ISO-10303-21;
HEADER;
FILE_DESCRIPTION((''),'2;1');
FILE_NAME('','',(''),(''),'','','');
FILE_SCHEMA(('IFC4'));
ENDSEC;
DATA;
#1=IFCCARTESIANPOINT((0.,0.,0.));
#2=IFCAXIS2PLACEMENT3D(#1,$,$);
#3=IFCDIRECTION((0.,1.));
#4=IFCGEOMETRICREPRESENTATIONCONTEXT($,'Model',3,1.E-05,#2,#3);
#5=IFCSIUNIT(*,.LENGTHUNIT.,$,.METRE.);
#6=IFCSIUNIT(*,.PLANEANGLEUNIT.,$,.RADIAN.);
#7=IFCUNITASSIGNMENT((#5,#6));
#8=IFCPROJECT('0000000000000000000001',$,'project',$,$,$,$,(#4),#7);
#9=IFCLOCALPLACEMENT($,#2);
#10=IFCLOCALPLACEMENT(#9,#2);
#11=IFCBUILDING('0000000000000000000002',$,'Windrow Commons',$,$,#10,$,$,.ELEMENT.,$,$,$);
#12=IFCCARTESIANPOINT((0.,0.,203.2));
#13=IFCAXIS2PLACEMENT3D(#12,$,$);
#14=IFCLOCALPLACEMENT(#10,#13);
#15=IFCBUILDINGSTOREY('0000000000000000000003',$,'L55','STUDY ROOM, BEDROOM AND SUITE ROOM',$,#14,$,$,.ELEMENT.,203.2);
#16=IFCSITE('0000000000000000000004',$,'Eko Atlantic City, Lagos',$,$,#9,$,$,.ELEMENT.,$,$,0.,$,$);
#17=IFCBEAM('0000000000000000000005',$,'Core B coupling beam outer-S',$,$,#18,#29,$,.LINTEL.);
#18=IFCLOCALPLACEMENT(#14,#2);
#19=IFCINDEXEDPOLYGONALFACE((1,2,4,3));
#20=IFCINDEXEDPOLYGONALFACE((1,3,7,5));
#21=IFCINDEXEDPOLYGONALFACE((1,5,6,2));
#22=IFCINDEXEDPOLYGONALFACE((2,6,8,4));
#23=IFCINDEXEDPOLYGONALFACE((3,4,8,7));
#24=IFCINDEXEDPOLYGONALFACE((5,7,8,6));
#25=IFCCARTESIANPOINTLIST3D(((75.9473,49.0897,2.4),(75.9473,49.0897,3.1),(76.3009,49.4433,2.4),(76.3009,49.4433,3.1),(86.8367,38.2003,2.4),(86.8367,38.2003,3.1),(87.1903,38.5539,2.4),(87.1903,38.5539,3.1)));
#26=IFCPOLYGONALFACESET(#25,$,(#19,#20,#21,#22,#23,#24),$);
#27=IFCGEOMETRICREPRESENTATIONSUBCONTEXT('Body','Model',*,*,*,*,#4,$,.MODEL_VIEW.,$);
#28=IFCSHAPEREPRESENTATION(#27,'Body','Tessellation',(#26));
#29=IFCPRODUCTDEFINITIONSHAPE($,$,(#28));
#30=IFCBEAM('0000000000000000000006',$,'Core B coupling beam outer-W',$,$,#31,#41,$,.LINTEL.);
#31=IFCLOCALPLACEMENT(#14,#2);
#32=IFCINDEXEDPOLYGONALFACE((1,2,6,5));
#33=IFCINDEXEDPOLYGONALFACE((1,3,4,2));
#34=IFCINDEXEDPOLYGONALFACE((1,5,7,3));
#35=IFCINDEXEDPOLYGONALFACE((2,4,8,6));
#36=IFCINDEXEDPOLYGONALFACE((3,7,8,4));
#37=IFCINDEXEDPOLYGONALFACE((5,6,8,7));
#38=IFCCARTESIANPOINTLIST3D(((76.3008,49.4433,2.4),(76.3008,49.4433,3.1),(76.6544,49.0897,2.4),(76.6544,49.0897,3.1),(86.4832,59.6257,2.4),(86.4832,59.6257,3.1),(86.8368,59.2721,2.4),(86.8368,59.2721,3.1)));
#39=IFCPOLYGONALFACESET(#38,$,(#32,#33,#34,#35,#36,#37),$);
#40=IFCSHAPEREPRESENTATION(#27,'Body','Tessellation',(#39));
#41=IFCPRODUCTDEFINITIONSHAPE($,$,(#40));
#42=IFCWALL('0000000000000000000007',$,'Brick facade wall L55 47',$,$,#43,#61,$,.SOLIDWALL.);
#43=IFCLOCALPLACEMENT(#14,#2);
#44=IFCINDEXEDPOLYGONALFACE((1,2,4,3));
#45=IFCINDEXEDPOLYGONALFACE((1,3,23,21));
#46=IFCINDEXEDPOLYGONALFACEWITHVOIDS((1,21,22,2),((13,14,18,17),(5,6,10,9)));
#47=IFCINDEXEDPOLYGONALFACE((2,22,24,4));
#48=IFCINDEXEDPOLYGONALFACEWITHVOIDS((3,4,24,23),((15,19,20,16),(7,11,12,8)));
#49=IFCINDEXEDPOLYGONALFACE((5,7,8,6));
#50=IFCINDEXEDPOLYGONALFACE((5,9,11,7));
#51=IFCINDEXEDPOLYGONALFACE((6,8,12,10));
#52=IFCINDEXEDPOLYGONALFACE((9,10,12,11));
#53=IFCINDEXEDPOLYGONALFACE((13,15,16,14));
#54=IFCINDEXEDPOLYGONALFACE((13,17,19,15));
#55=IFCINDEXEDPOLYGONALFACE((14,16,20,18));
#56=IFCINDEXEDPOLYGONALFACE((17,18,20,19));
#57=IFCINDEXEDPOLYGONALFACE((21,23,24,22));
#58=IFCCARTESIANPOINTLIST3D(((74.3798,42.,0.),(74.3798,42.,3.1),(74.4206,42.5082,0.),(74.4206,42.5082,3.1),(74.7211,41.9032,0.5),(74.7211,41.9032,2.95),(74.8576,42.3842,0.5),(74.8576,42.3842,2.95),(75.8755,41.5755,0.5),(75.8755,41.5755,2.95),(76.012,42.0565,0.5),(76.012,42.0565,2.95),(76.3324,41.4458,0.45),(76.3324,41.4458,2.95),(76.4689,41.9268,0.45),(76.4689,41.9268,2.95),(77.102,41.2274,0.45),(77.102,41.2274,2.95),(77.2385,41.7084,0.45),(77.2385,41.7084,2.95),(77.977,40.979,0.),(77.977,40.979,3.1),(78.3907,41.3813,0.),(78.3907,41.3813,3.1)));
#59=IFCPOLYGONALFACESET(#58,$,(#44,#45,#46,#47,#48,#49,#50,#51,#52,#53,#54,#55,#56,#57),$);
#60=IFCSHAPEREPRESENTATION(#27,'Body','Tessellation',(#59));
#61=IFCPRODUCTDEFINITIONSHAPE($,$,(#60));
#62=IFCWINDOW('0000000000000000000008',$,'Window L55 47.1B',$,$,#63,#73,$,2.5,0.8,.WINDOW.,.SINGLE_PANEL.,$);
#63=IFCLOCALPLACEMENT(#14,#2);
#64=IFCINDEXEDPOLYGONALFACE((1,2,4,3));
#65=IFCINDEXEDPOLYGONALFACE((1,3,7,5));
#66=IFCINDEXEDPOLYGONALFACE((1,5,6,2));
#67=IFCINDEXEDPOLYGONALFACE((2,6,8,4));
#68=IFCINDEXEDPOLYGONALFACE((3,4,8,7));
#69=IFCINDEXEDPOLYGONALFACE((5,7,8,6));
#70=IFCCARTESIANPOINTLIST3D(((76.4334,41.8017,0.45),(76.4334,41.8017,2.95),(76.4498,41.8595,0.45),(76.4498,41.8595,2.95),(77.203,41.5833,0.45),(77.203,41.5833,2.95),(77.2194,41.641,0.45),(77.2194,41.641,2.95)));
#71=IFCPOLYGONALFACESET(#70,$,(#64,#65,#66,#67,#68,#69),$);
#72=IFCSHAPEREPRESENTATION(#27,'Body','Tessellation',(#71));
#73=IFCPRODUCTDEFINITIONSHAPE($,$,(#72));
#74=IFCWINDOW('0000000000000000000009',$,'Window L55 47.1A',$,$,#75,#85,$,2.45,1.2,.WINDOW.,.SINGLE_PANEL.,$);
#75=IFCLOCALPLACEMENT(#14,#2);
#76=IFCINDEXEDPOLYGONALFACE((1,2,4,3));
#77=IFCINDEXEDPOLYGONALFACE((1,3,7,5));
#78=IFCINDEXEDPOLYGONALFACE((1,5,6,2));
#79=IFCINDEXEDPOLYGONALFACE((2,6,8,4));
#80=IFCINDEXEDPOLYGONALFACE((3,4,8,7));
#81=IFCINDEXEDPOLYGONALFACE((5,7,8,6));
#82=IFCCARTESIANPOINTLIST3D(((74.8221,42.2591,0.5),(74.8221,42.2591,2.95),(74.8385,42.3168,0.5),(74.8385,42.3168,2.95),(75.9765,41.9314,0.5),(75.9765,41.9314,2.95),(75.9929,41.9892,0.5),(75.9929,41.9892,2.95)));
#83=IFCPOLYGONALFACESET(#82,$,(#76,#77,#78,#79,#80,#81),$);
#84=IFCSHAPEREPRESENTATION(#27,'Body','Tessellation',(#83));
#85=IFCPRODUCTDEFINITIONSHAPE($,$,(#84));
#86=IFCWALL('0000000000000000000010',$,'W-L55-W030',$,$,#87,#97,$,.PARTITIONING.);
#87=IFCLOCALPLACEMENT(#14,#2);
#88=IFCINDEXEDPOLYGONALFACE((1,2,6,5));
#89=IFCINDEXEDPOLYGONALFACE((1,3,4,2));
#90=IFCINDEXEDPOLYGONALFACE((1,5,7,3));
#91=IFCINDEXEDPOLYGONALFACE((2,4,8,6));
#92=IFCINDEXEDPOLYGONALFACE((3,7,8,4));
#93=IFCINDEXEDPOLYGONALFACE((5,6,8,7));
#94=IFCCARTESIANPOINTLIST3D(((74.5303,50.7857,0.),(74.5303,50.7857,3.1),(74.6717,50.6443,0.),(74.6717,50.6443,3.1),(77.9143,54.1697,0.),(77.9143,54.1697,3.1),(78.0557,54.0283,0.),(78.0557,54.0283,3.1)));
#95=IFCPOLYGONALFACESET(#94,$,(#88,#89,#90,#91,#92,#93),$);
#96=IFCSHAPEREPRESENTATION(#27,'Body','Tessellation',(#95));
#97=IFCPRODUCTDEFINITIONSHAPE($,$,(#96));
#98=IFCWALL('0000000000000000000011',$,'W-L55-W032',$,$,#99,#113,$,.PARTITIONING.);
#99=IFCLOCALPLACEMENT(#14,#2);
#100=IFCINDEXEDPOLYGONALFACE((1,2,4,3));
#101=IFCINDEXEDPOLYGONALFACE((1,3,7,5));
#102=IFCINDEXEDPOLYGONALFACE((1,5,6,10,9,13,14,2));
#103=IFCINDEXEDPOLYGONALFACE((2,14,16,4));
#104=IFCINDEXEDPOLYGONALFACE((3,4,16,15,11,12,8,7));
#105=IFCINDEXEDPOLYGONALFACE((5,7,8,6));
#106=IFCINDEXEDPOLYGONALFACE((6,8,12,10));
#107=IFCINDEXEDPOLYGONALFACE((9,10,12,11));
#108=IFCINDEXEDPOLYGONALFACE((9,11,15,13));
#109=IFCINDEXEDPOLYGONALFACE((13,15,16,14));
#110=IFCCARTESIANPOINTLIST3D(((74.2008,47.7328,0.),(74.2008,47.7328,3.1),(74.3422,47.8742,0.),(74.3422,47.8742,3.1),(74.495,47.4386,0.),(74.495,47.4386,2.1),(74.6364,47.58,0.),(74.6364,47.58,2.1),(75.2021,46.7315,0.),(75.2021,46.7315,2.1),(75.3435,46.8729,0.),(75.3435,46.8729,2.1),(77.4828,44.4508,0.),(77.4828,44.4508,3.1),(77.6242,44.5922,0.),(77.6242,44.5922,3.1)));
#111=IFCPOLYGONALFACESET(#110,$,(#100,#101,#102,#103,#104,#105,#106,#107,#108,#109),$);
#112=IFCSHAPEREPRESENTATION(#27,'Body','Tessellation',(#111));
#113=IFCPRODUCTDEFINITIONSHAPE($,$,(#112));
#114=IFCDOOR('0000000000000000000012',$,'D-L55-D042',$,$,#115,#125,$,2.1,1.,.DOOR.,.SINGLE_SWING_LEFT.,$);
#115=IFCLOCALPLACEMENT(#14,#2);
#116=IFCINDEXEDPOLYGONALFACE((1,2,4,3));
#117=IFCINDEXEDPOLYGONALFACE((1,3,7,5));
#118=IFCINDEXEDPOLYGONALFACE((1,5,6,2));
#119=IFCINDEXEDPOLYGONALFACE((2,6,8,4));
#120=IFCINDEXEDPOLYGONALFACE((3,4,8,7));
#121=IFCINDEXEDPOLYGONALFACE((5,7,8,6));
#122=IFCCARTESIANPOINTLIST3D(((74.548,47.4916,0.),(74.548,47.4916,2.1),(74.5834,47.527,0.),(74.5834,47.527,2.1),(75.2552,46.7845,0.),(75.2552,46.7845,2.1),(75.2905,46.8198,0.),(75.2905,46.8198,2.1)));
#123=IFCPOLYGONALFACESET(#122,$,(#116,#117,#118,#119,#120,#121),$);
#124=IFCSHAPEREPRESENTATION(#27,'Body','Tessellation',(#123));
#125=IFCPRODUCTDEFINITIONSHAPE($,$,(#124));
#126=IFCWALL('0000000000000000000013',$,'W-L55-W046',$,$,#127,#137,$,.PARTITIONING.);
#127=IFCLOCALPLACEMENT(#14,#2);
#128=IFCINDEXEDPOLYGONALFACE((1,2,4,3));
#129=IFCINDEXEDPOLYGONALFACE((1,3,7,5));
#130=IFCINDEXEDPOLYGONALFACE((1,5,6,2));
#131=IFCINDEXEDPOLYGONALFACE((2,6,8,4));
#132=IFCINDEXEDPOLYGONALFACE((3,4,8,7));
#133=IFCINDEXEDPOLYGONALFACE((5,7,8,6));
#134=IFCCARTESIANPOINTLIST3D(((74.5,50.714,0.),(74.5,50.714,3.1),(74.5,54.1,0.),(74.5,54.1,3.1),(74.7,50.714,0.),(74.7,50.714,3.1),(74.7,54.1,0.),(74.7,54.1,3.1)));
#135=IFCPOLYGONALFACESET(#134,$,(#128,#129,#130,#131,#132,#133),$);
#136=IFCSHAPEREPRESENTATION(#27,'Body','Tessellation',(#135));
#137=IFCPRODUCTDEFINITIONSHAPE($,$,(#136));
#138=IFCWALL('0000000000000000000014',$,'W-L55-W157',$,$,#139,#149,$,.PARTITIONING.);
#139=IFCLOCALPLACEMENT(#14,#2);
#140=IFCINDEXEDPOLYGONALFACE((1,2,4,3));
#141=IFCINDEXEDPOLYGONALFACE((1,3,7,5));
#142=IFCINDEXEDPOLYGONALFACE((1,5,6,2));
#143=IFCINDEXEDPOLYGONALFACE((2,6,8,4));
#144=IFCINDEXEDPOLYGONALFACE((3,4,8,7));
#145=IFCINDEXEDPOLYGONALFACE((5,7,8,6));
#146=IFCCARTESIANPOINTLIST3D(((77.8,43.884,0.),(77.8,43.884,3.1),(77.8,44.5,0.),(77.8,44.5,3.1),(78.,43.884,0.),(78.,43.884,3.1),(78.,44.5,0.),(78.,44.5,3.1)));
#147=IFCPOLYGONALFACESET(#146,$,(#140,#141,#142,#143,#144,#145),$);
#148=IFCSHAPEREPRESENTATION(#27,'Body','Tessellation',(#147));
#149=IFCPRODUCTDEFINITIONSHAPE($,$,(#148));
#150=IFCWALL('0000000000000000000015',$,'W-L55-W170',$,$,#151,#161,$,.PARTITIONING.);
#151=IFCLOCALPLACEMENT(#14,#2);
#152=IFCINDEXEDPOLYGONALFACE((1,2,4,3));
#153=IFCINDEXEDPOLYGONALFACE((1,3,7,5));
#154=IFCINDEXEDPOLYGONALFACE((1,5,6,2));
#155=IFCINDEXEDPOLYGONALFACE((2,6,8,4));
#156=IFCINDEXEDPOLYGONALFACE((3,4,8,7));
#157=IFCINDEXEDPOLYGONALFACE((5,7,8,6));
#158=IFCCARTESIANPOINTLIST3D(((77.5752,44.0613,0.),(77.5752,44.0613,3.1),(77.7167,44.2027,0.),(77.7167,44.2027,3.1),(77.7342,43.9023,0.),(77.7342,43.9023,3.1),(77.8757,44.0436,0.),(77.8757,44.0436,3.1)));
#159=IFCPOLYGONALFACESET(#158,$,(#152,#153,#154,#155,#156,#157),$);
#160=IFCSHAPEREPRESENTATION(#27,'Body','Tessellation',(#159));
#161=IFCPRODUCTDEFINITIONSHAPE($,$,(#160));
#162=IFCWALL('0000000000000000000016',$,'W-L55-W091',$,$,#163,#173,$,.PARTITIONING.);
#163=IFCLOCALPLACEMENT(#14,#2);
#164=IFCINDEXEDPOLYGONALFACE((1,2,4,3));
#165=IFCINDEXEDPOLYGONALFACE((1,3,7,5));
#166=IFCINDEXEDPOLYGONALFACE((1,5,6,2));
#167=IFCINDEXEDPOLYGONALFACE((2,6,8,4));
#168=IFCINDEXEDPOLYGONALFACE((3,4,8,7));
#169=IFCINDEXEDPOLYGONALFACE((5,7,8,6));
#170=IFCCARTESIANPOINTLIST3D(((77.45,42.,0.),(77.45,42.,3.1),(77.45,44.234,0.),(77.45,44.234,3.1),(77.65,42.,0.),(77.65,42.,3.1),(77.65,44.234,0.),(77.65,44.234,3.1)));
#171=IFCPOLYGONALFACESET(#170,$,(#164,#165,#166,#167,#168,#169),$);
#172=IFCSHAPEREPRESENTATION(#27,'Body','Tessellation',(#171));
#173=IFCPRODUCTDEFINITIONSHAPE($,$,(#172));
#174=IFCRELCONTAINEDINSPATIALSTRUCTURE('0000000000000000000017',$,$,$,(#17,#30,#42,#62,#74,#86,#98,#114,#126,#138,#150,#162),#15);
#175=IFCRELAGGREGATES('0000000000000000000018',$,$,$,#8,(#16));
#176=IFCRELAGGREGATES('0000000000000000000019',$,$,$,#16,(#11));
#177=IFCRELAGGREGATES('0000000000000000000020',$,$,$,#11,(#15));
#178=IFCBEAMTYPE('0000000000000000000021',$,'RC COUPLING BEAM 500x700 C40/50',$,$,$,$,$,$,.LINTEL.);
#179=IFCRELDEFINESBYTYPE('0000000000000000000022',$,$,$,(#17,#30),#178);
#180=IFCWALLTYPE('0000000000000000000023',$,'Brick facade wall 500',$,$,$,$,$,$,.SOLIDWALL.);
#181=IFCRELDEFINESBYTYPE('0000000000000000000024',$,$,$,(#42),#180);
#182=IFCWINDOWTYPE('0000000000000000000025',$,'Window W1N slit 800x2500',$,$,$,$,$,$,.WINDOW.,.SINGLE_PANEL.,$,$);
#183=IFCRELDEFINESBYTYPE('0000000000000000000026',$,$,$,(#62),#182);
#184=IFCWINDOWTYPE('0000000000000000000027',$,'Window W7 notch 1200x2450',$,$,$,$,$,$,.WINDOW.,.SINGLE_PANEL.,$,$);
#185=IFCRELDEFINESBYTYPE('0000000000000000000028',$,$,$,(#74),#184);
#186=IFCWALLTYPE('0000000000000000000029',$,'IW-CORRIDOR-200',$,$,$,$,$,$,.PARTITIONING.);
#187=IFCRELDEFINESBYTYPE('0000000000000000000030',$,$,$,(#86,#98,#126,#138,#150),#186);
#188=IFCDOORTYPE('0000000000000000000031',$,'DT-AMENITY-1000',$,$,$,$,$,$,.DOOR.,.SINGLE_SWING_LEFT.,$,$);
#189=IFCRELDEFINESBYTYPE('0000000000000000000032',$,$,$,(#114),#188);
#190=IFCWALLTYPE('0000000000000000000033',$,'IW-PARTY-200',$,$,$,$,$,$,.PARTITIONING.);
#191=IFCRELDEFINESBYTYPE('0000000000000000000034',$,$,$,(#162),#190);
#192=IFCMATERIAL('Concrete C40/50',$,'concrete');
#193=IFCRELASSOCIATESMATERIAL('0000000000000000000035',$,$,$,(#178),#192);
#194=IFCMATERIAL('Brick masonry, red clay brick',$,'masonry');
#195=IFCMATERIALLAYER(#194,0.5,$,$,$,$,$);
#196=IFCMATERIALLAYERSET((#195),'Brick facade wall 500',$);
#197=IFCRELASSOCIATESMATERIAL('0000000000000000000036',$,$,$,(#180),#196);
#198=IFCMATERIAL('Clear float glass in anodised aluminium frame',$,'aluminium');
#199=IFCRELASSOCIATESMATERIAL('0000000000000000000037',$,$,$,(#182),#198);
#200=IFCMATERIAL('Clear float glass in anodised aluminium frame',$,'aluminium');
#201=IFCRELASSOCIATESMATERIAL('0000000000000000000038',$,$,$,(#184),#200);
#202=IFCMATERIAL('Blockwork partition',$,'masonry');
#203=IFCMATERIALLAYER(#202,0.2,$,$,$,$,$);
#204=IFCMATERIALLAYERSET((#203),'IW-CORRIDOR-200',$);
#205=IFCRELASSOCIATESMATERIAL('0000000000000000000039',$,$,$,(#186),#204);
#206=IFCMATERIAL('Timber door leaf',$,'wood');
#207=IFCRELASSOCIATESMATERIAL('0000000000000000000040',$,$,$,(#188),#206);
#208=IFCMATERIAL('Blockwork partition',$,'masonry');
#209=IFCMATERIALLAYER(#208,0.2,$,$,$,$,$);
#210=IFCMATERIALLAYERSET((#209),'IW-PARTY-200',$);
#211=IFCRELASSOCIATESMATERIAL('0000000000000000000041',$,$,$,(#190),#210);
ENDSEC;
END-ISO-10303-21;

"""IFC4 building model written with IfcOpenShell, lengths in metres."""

from ifc_helpers import new_model, si_unit, direction, frame, frame_2d, origin, origin_2d, place, context, subcontext, project, spatial, polyline, rectangle, outline, extrude, material, layer, layer_set, material_profile, profile_set, type_object, element, fill, save


model = new_model("IFC4")

# Units and contexts
model_context = context("Model", 3, precision=1e-05, world=origin(), true_north=direction((0.0, 1.0)))
body_context = subcontext(model_context, "Body", "Model", "MODEL_VIEW")
ifc_project = project(units=[si_unit("LENGTHUNIT", "METRE"), si_unit("PLANEANGLEUNIT", "RADIAN")], contexts=[model_context])

# Site, building, storey
site_placement = place(None, origin())
site = spatial("IfcSite", under=ifc_project, at=site_placement, Name="Eko Atlantic City, Lagos", CompositionType="ELEMENT", RefElevation=0.0)
building_placement = place(site_placement, origin())
building = spatial("IfcBuilding", under=site, at=building_placement, Name="Windrow Commons", CompositionType="ELEMENT")
storey_placement = place(building_placement, frame((0.0, 0.0, 203.2)))
storey = spatial("IfcBuildingStorey", under=building, at=storey_placement, Name="L55", Description="STUDY ROOM, BEDROOM AND SUITE ROOM", CompositionType="ELEMENT", Elevation=203.2)

# Beams
ifc_material_1 = material(Name="Concrete C40/50", Category="concrete")
ifc_material_profile = material_profile(ifc_material_1, rectangle(XDim=0.5, YDim=0.7, at=origin_2d()))
ifc_profile_set = profile_set([ifc_material_profile], Name="Concrete C40/50")
beam_type = type_object("IfcBeamType", Name="RC COUPLING BEAM 500x700 C40/50", PredefinedType="LINTEL", material=ifc_profile_set)
beam_1_placement = place(storey_placement, frame((76.1241, 49.2665, 2.75), z_axis=(0.707107, -0.707107, 0.0), x_axis=(0.707107, 0.707107, 0.0)))
element("IfcBeam", 1, at=beam_1_placement, inside=storey, type_object=beam_type, Name="Core B coupling beam outer-S", PredefinedType="LINTEL", context=body_context, shape_type="SweptSolid", body=[
    extrude(rectangle(XDim=0.5, YDim=0.7, at=origin_2d()), origin(), (0.0, 0.0, 1.0), 15.3999),
])
beam_2_placement = place(storey_placement, frame((76.4776, 49.2665, 2.75), z_axis=(0.707107, 0.707107, 0.0), x_axis=(-0.707107, 0.707107, 0.0)))
element("IfcBeam", 2, at=beam_2_placement, inside=storey, type_object=beam_type, Name="Core B coupling beam outer-W", PredefinedType="LINTEL", context=body_context, shape_type="SweptSolid", body=[
    extrude(rectangle(XDim=0.5, YDim=0.7, at=origin_2d()), origin(), (0.0, 0.0, 1.0), 14.4001),
])

# Wall, openings, windows
ifc_material_2 = material(Name="Brick masonry, red clay brick", Category="masonry")
ifc_layer_1 = layer(ifc_material_2, 0.5)
ifc_layer_set_1 = layer_set([ifc_layer_1], Name="Brick facade wall 500")
wall_type_1 = type_object("IfcWallType", Name="Brick facade wall 500", PredefinedType="SOLIDWALL", material=ifc_layer_set_1)
wall_1_placement = place(storey_placement, frame((74.4002, 42.2541, 0.0), z_axis=(0.0, 0.0, 1.0), x_axis=(0.962001, -0.273045, 0.0)))
wall_1 = element("IfcWall", 3, at=wall_1_placement, inside=storey, type_object=wall_type_1, Name="Brick facade wall L55 47", PredefinedType="SOLIDWALL", context=body_context, shape_type="SweptSolid", body=[
    extrude(outline(polyline([(0.0498, -0.25), (3.789, -0.25), (4.0772, 0.25), (-0.0498, 0.25), (0.0498, -0.25)])), origin(), (0.0, 0.0, 1.0), 3.1),
])
opening_1_placement = place(wall_1_placement, frame((0.4045, 0.0, 0.5)))
opening_1 = element("IfcOpeningElement", 4, at=opening_1_placement, cuts=wall_1, PredefinedType="OPENING", context=body_context, shape_type="SweptSolid", body=[
    extrude(rectangle(XDim=1.2, YDim=2.45, at=frame_2d((0.6, 1.225))), frame((0.0, 0.26, 0.0), z_axis=(0.0, -1.0, 0.0), x_axis=(1.0, 0.0, 0.0)), (0.0, 0.0, 1.0), 0.52),
])
opening_2_placement = place(wall_1_placement, frame((2.0795, 0.0, 0.45)))
opening_2 = element("IfcOpeningElement", 5, at=opening_2_placement, cuts=wall_1, PredefinedType="OPENING", context=body_context, shape_type="SweptSolid", body=[
    extrude(rectangle(XDim=0.8, YDim=2.5, at=frame_2d((0.4, 1.25))), frame((0.0, 0.26, 0.0), z_axis=(0.0, -1.0, 0.0), x_axis=(1.0, 0.0, 0.0)), (0.0, 0.0, 1.0), 0.52),
])
ifc_material_3 = material(Name="Clear float glass in anodised aluminium frame", Category="aluminium")
window_type_1 = type_object("IfcWindowType", Name="Window W1N slit 800x2500", PartitioningType="SINGLE_PANEL", PredefinedType="WINDOW", material=ifc_material_3)
window_1_placement = place(opening_2_placement, origin())
window_1 = element("IfcWindow", 6, at=window_1_placement, inside=storey, type_object=window_type_1, Name="Window L55 47.1B", OverallHeight=2.5, OverallWidth=0.8, PartitioningType="SINGLE_PANEL", PredefinedType="WINDOW", context=body_context, shape_type="SweptSolid", body=[
    extrude(rectangle(XDim=0.8, YDim=2.5, at=frame_2d((0.4, 1.25))), frame((0.0, 0.18, 0.0), z_axis=(0.0, -1.0, 0.0), x_axis=(1.0, 0.0, 0.0)), (0.0, 0.0, 1.0), 0.06),
])
fill(opening_2, window_1)
ifc_material_4 = material(Name="Clear float glass in anodised aluminium frame", Category="aluminium")
window_type_2 = type_object("IfcWindowType", Name="Window W7 notch 1200x2450", PartitioningType="SINGLE_PANEL", PredefinedType="WINDOW", material=ifc_material_4)
window_2_placement = place(opening_1_placement, origin())
window_2 = element("IfcWindow", 7, at=window_2_placement, inside=storey, type_object=window_type_2, Name="Window L55 47.1A", OverallHeight=2.45, OverallWidth=1.2, PartitioningType="SINGLE_PANEL", PredefinedType="WINDOW", context=body_context, shape_type="SweptSolid", body=[
    extrude(rectangle(XDim=1.2, YDim=2.45, at=frame_2d((0.6, 1.225))), frame((0.0, 0.18, 0.0), z_axis=(0.0, -1.0, 0.0), x_axis=(1.0, 0.0, 0.0)), (0.0, 0.0, 1.0), 0.06),
])
fill(opening_1, window_2)

# Wall
ifc_material_5 = material(Name="Blockwork partition", Category="masonry")
ifc_layer_2 = layer(ifc_material_5, 0.2)
ifc_layer_set_2 = layer_set([ifc_layer_2], Name="IW-CORRIDOR-200")
wall_type_2 = type_object("IfcWallType", Name="IW-CORRIDOR-200", PredefinedType="PARTITIONING", material=ifc_layer_set_2)
wall_2_placement = place(storey_placement, frame((74.601, 50.715, 0.0), z_axis=(0.0, 0.0, 1.0), x_axis=(0.707107, 0.707107, 0.0)))
element("IfcWall", 8, at=wall_2_placement, inside=storey, type_object=wall_type_2, Name="W-L55-W030", PredefinedType="PARTITIONING", context=body_context, shape_type="SweptSolid", body=[
    extrude(rectangle(XDim=4.7857, YDim=0.2, at=frame_2d((2.3929, 0.0))), origin(), (0.0, 0.0, 1.0), 3.1),
])

# Wall, opening, door
wall_3_placement = place(storey_placement, frame((74.2715, 47.8035, 0.0), z_axis=(0.0, 0.0, 1.0), x_axis=(0.707107, -0.707107, 0.0)))
wall_3 = element("IfcWall", 9, at=wall_3_placement, inside=storey, type_object=wall_type_2, Name="W-L55-W032", PredefinedType="PARTITIONING", context=body_context, shape_type="SweptSolid", body=[
    extrude(rectangle(XDim=4.6414, YDim=0.2, at=frame_2d((2.3207, 0.0))), origin(), (0.0, 0.0, 1.0), 3.1),
])
opening_3_placement = place(wall_3_placement, frame((0.4161, 0.0, 0.0)))
opening_3 = element("IfcOpeningElement", 10, at=opening_3_placement, cuts=wall_3, PredefinedType="OPENING", context=body_context, shape_type="SweptSolid", body=[
    extrude(rectangle(XDim=1.0, YDim=2.1, at=frame_2d((0.5, 1.05))), frame((0.0, 0.11, 0.0), z_axis=(0.0, -1.0, 0.0), x_axis=(1.0, 0.0, 0.0)), (0.0, 0.0, 1.0), 0.22),
])
ifc_material_6 = material(Name="Timber door leaf", Category="wood")
door_type_1 = type_object("IfcDoorType", Name="DT-AMENITY-1000", OperationType="SINGLE_SWING_LEFT", PredefinedType="DOOR", material=ifc_material_6)
door_1_placement = place(opening_3_placement, origin())
door_1 = element("IfcDoor", 11, at=door_1_placement, inside=storey, type_object=door_type_1, Name="D-L55-D042", OperationType="SINGLE_SWING_LEFT", OverallHeight=2.1, OverallWidth=1.0, PredefinedType="DOOR", context=body_context, shape_type="SweptSolid", body=[
    extrude(rectangle(XDim=1.0, YDim=2.1, at=frame_2d((0.5, 1.05))), frame((0.0, 0.025, 0.0), z_axis=(0.0, -1.0, 0.0), x_axis=(1.0, 0.0, 0.0)), (0.0, 0.0, 1.0), 0.05),
])
fill(opening_3, door_1)

# Walls
wall_4_placement = place(storey_placement, frame((74.6, 50.714, 0.0), z_axis=(0.0, 0.0, 1.0), x_axis=(0.0, 1.0, 0.0)))
element("IfcWall", 12, at=wall_4_placement, inside=storey, type_object=wall_type_2, Name="W-L55-W046", PredefinedType="PARTITIONING", context=body_context, shape_type="SweptSolid", body=[
    extrude(rectangle(XDim=3.386, YDim=0.2, at=frame_2d((1.693, 0.0))), origin(), (0.0, 0.0, 1.0), 3.1),
])
wall_5_placement = place(storey_placement, frame((77.9, 43.884, 0.0), z_axis=(0.0, 0.0, 1.0), x_axis=(0.0, 1.0, 0.0)))
element("IfcWall", 13, at=wall_5_placement, inside=storey, type_object=wall_type_2, Name="W-L55-W157", PredefinedType="PARTITIONING", context=body_context, shape_type="SweptSolid", body=[
    extrude(rectangle(XDim=0.616, YDim=0.2, at=frame_2d((0.308, 0.0))), origin(), (0.0, 0.0, 1.0), 3.1),
])
wall_6_placement = place(storey_placement, frame((77.646, 44.132, 0.0), z_axis=(0.0, 0.0, 1.0), x_axis=(0.706884, -0.707329, 0.0)))
element("IfcWall", 14, at=wall_6_placement, inside=storey, type_object=wall_type_2, Name="W-L55-W170", PredefinedType="PARTITIONING", context=body_context, shape_type="SweptSolid", body=[
    extrude(rectangle(XDim=0.2249, YDim=0.2, at=frame_2d((0.1124, 0.0))), origin(), (0.0, 0.0, 1.0), 3.1),
])
ifc_material_7 = material(Name="Blockwork partition", Category="masonry")
ifc_layer_3 = layer(ifc_material_7, 0.2)
ifc_layer_set_3 = layer_set([ifc_layer_3], Name="IW-PARTY-200")
wall_type_3 = type_object("IfcWallType", Name="IW-PARTY-200", PredefinedType="PARTITIONING", material=ifc_layer_set_3)
wall_7_placement = place(storey_placement, frame((77.55, 42.0, 0.0), z_axis=(0.0, 0.0, 1.0), x_axis=(0.0, 1.0, 0.0)))
element("IfcWall", 15, at=wall_7_placement, inside=storey, type_object=wall_type_3, Name="W-L55-W091", PredefinedType="PARTITIONING", context=body_context, shape_type="SweptSolid", body=[
    extrude(rectangle(XDim=2.234, YDim=0.2, at=frame_2d((1.117, 0.0))), origin(), (0.0, 0.0, 1.0), 3.1),
])

save(model, "model.ifc")
